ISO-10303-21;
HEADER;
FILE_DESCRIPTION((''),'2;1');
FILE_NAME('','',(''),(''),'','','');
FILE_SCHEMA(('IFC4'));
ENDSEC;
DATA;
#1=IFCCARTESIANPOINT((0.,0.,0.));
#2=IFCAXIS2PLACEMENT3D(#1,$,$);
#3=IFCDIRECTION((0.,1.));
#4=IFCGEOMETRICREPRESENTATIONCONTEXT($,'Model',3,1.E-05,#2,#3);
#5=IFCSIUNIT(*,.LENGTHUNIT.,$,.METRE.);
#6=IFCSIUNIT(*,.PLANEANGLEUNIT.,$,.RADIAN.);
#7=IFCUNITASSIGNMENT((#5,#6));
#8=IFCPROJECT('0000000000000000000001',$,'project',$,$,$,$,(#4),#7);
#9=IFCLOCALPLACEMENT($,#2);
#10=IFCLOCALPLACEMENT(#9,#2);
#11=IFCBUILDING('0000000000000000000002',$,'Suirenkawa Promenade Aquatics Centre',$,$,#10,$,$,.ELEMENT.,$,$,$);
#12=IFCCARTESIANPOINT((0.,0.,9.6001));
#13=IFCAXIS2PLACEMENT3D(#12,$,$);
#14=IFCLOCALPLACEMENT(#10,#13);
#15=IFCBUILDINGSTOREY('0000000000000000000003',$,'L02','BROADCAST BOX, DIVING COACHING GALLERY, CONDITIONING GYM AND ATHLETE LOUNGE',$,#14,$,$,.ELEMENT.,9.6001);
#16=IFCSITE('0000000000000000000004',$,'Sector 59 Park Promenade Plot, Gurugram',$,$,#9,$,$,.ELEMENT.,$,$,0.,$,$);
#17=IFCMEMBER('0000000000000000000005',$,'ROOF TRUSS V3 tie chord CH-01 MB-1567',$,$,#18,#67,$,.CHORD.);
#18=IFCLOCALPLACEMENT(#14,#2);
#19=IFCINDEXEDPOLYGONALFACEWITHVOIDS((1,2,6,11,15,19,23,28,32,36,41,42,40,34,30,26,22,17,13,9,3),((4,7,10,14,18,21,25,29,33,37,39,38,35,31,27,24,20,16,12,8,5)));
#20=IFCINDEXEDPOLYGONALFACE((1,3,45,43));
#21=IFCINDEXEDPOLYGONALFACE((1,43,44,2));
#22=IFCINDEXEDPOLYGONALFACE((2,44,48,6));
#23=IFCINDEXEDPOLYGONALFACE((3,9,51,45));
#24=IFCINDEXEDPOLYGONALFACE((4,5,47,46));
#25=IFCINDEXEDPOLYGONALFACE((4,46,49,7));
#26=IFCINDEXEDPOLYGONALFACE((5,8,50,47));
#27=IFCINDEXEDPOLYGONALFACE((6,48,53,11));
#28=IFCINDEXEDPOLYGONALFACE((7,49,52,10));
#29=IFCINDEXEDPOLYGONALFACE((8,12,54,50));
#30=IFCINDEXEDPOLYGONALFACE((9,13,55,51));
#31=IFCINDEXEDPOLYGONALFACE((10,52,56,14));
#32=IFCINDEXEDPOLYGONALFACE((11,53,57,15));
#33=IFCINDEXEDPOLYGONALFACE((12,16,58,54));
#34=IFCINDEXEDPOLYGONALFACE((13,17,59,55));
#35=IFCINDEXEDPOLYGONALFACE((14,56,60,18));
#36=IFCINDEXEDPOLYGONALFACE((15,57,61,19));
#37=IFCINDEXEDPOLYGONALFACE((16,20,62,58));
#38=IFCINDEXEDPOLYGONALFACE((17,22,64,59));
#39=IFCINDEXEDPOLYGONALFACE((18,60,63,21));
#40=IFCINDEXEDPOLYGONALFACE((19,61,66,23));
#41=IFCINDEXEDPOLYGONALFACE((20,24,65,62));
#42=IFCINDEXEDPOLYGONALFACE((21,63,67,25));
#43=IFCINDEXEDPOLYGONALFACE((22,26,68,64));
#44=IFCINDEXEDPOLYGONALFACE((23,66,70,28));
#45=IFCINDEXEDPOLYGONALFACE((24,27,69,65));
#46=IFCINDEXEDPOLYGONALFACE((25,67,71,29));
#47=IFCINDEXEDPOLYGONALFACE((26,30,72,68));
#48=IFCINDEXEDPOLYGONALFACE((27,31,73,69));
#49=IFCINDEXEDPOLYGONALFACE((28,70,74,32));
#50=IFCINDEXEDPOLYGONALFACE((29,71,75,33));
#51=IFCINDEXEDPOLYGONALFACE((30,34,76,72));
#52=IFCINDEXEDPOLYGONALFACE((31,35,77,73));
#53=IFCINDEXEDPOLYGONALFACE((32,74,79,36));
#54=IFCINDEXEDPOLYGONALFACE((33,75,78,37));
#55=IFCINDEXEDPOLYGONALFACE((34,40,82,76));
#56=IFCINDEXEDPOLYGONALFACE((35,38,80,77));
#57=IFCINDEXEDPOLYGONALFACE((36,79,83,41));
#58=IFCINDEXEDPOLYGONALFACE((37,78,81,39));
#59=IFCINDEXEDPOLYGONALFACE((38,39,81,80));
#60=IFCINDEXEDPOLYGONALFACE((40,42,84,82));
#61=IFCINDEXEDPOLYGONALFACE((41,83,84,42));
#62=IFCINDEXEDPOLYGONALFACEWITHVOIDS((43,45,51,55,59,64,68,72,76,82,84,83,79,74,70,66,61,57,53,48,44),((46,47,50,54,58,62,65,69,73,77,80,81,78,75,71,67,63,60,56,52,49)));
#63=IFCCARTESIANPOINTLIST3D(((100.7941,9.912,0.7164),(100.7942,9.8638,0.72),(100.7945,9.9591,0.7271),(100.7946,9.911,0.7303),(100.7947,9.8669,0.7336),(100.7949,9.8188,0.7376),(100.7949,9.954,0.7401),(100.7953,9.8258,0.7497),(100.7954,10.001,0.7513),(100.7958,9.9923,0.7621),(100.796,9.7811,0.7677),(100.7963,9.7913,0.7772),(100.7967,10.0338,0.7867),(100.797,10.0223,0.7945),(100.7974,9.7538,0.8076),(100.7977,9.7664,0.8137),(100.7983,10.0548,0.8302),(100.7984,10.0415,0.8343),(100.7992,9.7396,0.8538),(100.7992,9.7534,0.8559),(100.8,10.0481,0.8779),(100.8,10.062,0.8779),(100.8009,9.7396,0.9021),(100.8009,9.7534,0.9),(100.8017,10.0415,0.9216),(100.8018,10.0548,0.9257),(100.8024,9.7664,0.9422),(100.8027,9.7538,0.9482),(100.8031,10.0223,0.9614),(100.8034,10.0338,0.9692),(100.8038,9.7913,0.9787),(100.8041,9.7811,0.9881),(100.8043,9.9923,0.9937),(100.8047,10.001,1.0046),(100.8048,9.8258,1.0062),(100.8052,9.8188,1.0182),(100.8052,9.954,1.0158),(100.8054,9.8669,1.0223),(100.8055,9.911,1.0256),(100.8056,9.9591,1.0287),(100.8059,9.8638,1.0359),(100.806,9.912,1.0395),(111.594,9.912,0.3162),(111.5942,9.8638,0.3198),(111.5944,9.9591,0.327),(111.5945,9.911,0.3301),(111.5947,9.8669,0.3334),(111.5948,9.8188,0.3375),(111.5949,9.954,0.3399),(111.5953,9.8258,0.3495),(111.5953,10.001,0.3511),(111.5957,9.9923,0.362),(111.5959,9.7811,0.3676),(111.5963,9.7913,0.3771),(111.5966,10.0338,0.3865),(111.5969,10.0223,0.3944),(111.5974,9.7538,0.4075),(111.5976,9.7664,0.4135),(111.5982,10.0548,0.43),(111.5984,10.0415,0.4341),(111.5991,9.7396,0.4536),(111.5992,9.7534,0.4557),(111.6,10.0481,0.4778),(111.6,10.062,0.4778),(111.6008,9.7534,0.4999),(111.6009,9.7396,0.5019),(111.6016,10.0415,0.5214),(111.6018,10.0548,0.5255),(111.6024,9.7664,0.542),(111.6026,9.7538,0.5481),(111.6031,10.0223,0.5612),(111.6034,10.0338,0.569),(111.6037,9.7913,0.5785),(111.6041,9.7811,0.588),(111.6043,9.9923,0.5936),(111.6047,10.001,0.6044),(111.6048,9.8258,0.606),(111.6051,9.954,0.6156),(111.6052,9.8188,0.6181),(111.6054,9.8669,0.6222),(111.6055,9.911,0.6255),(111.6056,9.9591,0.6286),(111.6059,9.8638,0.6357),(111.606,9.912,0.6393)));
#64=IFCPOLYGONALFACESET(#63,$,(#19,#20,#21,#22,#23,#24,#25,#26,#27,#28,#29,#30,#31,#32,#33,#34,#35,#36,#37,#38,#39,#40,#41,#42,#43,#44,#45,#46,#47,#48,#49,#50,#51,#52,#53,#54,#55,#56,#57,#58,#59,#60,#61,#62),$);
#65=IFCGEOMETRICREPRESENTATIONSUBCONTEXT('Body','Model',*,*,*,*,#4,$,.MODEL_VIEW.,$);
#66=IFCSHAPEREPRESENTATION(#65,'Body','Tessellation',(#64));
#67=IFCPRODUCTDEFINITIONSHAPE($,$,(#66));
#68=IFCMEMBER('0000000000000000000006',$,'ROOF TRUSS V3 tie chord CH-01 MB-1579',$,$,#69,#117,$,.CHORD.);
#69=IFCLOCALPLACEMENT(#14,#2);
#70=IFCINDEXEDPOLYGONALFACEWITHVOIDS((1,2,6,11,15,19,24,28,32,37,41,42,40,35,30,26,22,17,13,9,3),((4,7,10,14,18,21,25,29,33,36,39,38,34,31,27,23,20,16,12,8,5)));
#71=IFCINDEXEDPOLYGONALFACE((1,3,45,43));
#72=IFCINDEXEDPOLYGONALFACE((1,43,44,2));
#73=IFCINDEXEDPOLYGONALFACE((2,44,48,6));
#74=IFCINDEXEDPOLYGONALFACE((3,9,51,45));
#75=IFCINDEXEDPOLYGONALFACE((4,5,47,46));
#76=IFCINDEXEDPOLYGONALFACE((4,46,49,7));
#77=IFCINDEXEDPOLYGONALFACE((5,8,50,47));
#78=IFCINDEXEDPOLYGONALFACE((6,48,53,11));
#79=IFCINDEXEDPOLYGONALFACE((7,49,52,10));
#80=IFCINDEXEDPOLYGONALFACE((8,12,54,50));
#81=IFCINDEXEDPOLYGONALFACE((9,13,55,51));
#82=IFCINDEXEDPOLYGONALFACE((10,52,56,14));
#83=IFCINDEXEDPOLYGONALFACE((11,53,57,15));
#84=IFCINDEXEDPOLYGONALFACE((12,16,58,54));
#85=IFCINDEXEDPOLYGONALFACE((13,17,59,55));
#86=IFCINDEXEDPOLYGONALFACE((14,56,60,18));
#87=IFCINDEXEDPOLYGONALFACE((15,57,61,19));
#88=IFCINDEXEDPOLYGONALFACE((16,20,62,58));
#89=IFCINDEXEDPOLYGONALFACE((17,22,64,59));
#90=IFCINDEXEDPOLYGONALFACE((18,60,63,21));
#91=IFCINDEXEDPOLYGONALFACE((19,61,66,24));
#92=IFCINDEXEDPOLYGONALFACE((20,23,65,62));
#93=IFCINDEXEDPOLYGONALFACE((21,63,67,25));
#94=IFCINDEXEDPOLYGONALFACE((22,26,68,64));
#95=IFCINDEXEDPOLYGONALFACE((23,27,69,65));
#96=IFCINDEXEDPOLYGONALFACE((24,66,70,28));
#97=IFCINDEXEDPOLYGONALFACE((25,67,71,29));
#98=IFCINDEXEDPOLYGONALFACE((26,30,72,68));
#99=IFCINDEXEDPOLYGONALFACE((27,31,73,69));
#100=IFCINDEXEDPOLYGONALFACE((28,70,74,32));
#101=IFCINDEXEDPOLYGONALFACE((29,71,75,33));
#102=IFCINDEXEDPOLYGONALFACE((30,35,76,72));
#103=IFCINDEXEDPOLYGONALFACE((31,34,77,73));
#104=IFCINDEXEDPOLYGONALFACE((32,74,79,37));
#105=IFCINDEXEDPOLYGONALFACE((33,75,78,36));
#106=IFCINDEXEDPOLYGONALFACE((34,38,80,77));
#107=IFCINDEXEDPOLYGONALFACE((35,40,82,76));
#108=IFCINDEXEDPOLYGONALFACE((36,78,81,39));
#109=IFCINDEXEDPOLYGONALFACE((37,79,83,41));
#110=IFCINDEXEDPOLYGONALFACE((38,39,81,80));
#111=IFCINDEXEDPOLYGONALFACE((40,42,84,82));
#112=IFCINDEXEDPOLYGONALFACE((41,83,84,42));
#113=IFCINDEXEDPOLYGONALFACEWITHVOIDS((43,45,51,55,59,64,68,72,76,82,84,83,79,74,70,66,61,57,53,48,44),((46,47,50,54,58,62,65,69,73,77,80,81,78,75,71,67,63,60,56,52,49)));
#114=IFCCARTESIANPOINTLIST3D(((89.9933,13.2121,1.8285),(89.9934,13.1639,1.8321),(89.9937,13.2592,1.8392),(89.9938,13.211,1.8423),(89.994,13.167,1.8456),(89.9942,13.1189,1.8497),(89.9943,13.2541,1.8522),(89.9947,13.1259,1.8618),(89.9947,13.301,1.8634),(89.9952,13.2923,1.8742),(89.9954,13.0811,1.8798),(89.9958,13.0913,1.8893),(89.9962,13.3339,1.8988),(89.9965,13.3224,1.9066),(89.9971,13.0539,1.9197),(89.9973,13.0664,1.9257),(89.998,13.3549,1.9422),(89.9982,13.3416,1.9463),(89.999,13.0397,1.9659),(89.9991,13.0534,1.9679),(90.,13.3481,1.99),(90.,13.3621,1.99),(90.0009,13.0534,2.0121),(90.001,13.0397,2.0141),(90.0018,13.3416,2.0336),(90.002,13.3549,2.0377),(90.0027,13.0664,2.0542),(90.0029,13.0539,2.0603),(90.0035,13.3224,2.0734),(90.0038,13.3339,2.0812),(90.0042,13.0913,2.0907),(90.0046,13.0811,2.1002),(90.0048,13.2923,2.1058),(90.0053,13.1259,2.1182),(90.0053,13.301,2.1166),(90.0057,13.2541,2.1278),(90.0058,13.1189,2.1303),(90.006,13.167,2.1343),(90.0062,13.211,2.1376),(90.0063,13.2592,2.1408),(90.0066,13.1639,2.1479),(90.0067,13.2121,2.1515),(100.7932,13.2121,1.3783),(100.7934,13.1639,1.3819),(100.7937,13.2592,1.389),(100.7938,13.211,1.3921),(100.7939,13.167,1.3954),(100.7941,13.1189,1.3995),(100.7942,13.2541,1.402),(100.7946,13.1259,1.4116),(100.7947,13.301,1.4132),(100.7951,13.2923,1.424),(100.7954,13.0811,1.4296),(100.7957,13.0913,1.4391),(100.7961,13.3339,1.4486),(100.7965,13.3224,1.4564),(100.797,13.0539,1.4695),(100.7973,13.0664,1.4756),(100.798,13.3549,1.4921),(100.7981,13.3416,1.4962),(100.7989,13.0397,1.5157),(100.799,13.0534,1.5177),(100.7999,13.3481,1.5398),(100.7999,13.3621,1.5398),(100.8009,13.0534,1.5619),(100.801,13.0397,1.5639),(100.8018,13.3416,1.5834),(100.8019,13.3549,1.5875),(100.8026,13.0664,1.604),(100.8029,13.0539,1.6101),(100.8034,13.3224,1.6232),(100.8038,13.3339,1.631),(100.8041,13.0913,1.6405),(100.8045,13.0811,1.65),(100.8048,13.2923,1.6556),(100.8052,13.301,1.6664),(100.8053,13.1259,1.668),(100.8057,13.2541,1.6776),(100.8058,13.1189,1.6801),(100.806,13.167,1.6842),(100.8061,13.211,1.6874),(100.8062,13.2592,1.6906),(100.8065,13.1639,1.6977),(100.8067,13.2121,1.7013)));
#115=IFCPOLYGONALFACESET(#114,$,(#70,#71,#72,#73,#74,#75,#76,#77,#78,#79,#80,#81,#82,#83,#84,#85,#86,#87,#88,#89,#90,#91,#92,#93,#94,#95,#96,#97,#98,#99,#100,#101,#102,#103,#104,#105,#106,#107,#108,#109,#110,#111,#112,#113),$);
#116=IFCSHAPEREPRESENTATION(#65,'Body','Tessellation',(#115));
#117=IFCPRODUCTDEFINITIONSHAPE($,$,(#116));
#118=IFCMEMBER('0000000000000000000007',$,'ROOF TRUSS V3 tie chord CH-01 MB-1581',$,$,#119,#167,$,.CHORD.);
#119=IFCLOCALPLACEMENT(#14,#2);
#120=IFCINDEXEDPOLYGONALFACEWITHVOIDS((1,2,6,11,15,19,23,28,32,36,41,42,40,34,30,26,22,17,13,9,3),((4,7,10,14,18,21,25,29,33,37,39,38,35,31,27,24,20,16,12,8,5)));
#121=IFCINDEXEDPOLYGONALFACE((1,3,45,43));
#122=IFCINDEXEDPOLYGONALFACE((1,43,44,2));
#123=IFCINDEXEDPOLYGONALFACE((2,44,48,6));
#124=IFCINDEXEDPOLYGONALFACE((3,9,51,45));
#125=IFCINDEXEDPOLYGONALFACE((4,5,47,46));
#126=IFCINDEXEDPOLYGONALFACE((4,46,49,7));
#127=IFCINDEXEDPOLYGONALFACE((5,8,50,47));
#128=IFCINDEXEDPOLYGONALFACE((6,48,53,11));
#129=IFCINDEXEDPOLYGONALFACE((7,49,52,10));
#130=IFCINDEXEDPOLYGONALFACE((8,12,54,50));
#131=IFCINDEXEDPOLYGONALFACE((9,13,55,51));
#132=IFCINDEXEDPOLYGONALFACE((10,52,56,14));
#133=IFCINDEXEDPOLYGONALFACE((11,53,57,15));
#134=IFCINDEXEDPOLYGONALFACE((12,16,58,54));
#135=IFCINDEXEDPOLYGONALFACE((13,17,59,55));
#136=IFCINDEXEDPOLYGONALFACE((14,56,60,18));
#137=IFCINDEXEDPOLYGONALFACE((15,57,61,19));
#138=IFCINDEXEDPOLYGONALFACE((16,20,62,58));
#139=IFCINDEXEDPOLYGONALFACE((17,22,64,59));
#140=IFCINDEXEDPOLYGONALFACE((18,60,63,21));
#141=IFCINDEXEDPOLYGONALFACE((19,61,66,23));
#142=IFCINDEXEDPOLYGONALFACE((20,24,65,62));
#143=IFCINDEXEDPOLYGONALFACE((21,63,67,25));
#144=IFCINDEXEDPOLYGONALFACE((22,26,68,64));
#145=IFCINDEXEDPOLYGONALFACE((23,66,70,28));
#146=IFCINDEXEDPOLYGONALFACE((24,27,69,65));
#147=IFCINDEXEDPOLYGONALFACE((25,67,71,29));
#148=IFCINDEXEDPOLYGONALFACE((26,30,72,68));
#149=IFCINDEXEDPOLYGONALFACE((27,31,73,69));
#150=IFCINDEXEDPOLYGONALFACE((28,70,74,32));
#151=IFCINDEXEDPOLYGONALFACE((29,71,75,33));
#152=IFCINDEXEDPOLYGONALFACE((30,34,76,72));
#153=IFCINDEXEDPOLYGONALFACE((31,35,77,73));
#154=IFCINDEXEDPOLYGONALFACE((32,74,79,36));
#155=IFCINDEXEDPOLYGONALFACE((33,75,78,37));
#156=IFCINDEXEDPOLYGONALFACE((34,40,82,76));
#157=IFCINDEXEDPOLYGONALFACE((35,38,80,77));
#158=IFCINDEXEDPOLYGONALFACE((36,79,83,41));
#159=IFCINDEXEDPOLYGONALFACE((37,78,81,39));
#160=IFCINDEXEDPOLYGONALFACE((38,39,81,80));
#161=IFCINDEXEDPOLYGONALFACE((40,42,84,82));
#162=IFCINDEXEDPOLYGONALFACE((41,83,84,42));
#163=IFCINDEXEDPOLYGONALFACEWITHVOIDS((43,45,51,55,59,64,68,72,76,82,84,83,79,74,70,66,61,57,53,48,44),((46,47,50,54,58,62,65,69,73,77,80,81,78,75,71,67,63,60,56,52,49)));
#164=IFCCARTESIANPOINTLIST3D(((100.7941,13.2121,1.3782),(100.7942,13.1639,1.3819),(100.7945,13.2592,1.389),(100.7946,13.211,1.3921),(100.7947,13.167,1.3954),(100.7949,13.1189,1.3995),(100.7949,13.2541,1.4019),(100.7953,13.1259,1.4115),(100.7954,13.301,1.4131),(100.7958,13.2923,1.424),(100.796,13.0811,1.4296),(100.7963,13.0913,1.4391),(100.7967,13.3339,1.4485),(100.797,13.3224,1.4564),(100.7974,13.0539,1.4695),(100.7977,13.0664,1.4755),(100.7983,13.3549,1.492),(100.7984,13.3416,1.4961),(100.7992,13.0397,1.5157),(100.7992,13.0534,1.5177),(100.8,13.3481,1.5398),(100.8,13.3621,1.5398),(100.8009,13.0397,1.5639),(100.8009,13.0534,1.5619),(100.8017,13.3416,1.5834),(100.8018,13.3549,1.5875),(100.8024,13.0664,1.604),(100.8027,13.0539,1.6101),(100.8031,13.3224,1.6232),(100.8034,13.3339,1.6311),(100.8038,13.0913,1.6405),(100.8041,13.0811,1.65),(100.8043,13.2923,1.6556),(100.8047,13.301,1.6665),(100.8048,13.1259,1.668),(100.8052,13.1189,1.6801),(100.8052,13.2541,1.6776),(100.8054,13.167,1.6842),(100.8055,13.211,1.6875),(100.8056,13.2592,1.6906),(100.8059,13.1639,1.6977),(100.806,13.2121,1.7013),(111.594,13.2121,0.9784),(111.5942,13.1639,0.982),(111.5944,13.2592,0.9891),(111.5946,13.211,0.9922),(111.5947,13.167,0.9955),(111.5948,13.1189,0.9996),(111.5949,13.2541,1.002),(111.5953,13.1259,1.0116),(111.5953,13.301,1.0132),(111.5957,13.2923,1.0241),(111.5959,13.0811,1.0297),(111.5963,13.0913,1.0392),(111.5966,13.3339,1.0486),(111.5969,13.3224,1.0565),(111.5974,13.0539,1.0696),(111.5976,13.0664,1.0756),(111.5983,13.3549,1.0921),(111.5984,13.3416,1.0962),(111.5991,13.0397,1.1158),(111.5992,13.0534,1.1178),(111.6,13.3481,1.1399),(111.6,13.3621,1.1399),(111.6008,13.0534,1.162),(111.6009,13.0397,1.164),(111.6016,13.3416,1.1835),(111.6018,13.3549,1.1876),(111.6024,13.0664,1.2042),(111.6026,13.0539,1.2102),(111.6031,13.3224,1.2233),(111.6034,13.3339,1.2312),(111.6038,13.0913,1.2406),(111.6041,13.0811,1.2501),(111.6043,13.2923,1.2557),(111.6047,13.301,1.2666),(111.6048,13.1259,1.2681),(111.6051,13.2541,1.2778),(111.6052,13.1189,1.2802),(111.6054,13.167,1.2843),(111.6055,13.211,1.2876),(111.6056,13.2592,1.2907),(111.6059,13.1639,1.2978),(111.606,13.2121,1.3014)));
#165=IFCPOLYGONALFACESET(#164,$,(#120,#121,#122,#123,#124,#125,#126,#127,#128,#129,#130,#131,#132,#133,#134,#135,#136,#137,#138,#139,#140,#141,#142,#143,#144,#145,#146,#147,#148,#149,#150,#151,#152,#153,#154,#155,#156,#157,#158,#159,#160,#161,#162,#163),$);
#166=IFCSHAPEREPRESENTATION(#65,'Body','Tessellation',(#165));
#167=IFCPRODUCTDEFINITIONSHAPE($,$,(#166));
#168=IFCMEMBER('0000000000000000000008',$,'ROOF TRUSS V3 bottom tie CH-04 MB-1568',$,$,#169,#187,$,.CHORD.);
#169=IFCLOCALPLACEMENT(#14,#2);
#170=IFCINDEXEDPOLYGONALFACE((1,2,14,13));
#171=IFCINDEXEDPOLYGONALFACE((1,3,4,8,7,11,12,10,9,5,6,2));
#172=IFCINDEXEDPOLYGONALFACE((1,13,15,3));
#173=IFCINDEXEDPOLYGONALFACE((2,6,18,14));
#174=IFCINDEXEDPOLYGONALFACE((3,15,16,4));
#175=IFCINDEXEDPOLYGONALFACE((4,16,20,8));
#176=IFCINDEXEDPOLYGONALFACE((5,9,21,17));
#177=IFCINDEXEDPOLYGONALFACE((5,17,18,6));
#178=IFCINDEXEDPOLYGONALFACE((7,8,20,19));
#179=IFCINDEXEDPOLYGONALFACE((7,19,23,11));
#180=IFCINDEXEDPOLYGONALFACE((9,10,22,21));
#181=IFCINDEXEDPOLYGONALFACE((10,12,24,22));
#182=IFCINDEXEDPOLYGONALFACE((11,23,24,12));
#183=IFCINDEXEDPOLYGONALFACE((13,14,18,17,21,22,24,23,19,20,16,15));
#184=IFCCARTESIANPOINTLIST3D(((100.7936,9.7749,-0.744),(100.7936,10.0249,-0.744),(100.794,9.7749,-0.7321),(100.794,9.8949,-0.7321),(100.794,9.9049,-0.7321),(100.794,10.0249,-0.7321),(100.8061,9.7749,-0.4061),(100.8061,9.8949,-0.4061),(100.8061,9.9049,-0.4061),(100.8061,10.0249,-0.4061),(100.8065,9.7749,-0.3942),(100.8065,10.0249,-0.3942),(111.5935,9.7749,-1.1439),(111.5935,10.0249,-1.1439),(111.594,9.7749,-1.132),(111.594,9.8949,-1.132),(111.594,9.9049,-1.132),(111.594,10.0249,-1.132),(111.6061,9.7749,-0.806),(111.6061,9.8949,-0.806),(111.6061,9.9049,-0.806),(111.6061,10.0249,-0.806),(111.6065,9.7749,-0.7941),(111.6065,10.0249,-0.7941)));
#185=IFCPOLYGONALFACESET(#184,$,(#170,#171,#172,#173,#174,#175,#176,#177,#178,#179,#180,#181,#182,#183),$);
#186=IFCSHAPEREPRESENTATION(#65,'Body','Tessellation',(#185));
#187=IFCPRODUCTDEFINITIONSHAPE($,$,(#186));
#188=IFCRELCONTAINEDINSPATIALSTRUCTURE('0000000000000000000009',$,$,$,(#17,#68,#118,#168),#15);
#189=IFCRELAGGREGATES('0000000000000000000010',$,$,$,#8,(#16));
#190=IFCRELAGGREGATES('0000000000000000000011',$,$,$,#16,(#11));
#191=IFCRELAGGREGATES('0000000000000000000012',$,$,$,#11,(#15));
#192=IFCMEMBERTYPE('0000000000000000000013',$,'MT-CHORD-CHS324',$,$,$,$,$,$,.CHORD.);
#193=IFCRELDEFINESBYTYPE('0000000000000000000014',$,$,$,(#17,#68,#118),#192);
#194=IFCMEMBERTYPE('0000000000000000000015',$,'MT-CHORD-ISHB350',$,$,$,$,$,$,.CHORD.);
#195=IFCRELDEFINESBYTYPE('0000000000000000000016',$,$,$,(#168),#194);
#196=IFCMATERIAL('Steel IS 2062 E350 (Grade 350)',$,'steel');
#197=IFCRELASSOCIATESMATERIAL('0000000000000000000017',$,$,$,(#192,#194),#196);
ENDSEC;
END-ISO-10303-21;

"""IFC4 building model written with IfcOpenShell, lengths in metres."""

from ifc_helpers import new_model, si_unit, direction, frame, origin, origin_2d, place, context, subcontext, project, spatial, hollow_circle, i_section, extrude, material, material_profile, profile_set, type_object, element, save


model = new_model("IFC4")

# Units and contexts
model_context = context("Model", 3, precision=1e-05, world=origin(), true_north=direction((0.0, 1.0)))
body_context = subcontext(model_context, "Body", "Model", "MODEL_VIEW")
ifc_project = project(units=[si_unit("LENGTHUNIT", "METRE"), si_unit("PLANEANGLEUNIT", "RADIAN")], contexts=[model_context])

# Site, building, storey
site_placement = place(None, origin())
site = spatial("IfcSite", under=ifc_project, at=site_placement, Name="Sector 59 Park Promenade Plot, Gurugram", CompositionType="ELEMENT", RefElevation=0.0)
building_placement = place(site_placement, origin())
building = spatial("IfcBuilding", under=site, at=building_placement, Name="Suirenkawa Promenade Aquatics Centre", CompositionType="ELEMENT")
storey_placement = place(building_placement, frame((0.0, 0.0, 9.6001)))
storey = spatial("IfcBuildingStorey", under=building, at=storey_placement, Name="L02", Description="BROADCAST BOX, DIVING COACHING GALLERY, CONDITIONING GYM AND ATHLETE LOUNGE", CompositionType="ELEMENT", Elevation=9.6001)

# Shared definitions
ifc_material_1 = material(Name="Steel IS 2062 E350 (Grade 350)", Category="steel")

# Members
ifc_material_profile_1 = material_profile(ifc_material_1, hollow_circle(Radius=0.1621, WallThickness=0.0139, at=origin_2d()), Name="CHS 324x14", Category="steel")
ifc_profile_set_1 = profile_set([ifc_material_profile_1], Name="Steel IS 2062 E350 (Grade 350)")
member_type_1 = type_object("IfcMemberType", Name="MT-CHORD-CHS324", PredefinedType="CHORD", material=ifc_profile_set_1)
member_1_placement = place(storey_placement, frame((100.8, 9.8999, 0.8779), z_axis=(0.999314, 0.0, -0.037025), x_axis=(0.0, 1.0, 0.0)))
element("IfcMember", 1, at=member_1_placement, inside=storey, type_object=member_type_1, Name="ROOF TRUSS V3 tie chord CH-01 MB-1567", PredefinedType="CHORD", context=body_context, shape_type="SweptSolid", body=[
    extrude(hollow_circle(Radius=0.1621, WallThickness=0.0139, at=origin_2d()), origin(), (0.0, 0.0, 1.0), 10.8074),
])
member_2_placement = place(storey_placement, frame((90.0, 13.2, 1.99), z_axis=(0.999132, 0.0, -0.041648), x_axis=(0.0, 1.0, 0.0)))
element("IfcMember", 2, at=member_2_placement, inside=storey, type_object=member_type_1, Name="ROOF TRUSS V3 tie chord CH-01 MB-1579", PredefinedType="CHORD", context=body_context, shape_type="SweptSolid", body=[
    extrude(hollow_circle(Radius=0.1621, WallThickness=0.0139, at=origin_2d()), origin(), (0.0, 0.0, 1.0), 10.8093),
])
member_3_placement = place(storey_placement, frame((100.8, 13.2, 1.5398), z_axis=(0.999315, 0.0, -0.037002), x_axis=(0.0, 1.0, 0.0)))
element("IfcMember", 3, at=member_3_placement, inside=storey, type_object=member_type_1, Name="ROOF TRUSS V3 tie chord CH-01 MB-1581", PredefinedType="CHORD", context=body_context, shape_type="SweptSolid", body=[
    extrude(hollow_circle(Radius=0.1621, WallThickness=0.0139, at=origin_2d()), origin(), (0.0, 0.0, 1.0), 10.8074),
])
ifc_material_profile_2 = material_profile(ifc_material_1, i_section(OverallWidth=0.25, OverallDepth=0.3501, WebThickness=0.01, FlangeThickness=0.012, at=origin_2d()), Name="ISHB 350", Category="steel")
ifc_profile_set_2 = profile_set([ifc_material_profile_2], Name="Steel IS 2062 E350 (Grade 350)")
member_type_2 = type_object("IfcMemberType", Name="MT-CHORD-ISHB350", PredefinedType="CHORD", material=ifc_profile_set_2)
member_4_placement = place(storey_placement, frame((100.8, 9.8999, -0.5691), z_axis=(0.999315, 0.0, -0.037002), x_axis=(0.0, 1.0, 0.0)))
element("IfcMember", 4, at=member_4_placement, inside=storey, type_object=member_type_2, Name="ROOF TRUSS V3 bottom tie CH-04 MB-1568", PredefinedType="CHORD", context=body_context, shape_type="SweptSolid", body=[
    extrude(i_section(OverallWidth=0.25, OverallDepth=0.3501, WebThickness=0.01, FlangeThickness=0.012, at=origin_2d()), origin(), (0.0, 0.0, 1.0), 10.8074),
])

save(model, "model.ifc")
